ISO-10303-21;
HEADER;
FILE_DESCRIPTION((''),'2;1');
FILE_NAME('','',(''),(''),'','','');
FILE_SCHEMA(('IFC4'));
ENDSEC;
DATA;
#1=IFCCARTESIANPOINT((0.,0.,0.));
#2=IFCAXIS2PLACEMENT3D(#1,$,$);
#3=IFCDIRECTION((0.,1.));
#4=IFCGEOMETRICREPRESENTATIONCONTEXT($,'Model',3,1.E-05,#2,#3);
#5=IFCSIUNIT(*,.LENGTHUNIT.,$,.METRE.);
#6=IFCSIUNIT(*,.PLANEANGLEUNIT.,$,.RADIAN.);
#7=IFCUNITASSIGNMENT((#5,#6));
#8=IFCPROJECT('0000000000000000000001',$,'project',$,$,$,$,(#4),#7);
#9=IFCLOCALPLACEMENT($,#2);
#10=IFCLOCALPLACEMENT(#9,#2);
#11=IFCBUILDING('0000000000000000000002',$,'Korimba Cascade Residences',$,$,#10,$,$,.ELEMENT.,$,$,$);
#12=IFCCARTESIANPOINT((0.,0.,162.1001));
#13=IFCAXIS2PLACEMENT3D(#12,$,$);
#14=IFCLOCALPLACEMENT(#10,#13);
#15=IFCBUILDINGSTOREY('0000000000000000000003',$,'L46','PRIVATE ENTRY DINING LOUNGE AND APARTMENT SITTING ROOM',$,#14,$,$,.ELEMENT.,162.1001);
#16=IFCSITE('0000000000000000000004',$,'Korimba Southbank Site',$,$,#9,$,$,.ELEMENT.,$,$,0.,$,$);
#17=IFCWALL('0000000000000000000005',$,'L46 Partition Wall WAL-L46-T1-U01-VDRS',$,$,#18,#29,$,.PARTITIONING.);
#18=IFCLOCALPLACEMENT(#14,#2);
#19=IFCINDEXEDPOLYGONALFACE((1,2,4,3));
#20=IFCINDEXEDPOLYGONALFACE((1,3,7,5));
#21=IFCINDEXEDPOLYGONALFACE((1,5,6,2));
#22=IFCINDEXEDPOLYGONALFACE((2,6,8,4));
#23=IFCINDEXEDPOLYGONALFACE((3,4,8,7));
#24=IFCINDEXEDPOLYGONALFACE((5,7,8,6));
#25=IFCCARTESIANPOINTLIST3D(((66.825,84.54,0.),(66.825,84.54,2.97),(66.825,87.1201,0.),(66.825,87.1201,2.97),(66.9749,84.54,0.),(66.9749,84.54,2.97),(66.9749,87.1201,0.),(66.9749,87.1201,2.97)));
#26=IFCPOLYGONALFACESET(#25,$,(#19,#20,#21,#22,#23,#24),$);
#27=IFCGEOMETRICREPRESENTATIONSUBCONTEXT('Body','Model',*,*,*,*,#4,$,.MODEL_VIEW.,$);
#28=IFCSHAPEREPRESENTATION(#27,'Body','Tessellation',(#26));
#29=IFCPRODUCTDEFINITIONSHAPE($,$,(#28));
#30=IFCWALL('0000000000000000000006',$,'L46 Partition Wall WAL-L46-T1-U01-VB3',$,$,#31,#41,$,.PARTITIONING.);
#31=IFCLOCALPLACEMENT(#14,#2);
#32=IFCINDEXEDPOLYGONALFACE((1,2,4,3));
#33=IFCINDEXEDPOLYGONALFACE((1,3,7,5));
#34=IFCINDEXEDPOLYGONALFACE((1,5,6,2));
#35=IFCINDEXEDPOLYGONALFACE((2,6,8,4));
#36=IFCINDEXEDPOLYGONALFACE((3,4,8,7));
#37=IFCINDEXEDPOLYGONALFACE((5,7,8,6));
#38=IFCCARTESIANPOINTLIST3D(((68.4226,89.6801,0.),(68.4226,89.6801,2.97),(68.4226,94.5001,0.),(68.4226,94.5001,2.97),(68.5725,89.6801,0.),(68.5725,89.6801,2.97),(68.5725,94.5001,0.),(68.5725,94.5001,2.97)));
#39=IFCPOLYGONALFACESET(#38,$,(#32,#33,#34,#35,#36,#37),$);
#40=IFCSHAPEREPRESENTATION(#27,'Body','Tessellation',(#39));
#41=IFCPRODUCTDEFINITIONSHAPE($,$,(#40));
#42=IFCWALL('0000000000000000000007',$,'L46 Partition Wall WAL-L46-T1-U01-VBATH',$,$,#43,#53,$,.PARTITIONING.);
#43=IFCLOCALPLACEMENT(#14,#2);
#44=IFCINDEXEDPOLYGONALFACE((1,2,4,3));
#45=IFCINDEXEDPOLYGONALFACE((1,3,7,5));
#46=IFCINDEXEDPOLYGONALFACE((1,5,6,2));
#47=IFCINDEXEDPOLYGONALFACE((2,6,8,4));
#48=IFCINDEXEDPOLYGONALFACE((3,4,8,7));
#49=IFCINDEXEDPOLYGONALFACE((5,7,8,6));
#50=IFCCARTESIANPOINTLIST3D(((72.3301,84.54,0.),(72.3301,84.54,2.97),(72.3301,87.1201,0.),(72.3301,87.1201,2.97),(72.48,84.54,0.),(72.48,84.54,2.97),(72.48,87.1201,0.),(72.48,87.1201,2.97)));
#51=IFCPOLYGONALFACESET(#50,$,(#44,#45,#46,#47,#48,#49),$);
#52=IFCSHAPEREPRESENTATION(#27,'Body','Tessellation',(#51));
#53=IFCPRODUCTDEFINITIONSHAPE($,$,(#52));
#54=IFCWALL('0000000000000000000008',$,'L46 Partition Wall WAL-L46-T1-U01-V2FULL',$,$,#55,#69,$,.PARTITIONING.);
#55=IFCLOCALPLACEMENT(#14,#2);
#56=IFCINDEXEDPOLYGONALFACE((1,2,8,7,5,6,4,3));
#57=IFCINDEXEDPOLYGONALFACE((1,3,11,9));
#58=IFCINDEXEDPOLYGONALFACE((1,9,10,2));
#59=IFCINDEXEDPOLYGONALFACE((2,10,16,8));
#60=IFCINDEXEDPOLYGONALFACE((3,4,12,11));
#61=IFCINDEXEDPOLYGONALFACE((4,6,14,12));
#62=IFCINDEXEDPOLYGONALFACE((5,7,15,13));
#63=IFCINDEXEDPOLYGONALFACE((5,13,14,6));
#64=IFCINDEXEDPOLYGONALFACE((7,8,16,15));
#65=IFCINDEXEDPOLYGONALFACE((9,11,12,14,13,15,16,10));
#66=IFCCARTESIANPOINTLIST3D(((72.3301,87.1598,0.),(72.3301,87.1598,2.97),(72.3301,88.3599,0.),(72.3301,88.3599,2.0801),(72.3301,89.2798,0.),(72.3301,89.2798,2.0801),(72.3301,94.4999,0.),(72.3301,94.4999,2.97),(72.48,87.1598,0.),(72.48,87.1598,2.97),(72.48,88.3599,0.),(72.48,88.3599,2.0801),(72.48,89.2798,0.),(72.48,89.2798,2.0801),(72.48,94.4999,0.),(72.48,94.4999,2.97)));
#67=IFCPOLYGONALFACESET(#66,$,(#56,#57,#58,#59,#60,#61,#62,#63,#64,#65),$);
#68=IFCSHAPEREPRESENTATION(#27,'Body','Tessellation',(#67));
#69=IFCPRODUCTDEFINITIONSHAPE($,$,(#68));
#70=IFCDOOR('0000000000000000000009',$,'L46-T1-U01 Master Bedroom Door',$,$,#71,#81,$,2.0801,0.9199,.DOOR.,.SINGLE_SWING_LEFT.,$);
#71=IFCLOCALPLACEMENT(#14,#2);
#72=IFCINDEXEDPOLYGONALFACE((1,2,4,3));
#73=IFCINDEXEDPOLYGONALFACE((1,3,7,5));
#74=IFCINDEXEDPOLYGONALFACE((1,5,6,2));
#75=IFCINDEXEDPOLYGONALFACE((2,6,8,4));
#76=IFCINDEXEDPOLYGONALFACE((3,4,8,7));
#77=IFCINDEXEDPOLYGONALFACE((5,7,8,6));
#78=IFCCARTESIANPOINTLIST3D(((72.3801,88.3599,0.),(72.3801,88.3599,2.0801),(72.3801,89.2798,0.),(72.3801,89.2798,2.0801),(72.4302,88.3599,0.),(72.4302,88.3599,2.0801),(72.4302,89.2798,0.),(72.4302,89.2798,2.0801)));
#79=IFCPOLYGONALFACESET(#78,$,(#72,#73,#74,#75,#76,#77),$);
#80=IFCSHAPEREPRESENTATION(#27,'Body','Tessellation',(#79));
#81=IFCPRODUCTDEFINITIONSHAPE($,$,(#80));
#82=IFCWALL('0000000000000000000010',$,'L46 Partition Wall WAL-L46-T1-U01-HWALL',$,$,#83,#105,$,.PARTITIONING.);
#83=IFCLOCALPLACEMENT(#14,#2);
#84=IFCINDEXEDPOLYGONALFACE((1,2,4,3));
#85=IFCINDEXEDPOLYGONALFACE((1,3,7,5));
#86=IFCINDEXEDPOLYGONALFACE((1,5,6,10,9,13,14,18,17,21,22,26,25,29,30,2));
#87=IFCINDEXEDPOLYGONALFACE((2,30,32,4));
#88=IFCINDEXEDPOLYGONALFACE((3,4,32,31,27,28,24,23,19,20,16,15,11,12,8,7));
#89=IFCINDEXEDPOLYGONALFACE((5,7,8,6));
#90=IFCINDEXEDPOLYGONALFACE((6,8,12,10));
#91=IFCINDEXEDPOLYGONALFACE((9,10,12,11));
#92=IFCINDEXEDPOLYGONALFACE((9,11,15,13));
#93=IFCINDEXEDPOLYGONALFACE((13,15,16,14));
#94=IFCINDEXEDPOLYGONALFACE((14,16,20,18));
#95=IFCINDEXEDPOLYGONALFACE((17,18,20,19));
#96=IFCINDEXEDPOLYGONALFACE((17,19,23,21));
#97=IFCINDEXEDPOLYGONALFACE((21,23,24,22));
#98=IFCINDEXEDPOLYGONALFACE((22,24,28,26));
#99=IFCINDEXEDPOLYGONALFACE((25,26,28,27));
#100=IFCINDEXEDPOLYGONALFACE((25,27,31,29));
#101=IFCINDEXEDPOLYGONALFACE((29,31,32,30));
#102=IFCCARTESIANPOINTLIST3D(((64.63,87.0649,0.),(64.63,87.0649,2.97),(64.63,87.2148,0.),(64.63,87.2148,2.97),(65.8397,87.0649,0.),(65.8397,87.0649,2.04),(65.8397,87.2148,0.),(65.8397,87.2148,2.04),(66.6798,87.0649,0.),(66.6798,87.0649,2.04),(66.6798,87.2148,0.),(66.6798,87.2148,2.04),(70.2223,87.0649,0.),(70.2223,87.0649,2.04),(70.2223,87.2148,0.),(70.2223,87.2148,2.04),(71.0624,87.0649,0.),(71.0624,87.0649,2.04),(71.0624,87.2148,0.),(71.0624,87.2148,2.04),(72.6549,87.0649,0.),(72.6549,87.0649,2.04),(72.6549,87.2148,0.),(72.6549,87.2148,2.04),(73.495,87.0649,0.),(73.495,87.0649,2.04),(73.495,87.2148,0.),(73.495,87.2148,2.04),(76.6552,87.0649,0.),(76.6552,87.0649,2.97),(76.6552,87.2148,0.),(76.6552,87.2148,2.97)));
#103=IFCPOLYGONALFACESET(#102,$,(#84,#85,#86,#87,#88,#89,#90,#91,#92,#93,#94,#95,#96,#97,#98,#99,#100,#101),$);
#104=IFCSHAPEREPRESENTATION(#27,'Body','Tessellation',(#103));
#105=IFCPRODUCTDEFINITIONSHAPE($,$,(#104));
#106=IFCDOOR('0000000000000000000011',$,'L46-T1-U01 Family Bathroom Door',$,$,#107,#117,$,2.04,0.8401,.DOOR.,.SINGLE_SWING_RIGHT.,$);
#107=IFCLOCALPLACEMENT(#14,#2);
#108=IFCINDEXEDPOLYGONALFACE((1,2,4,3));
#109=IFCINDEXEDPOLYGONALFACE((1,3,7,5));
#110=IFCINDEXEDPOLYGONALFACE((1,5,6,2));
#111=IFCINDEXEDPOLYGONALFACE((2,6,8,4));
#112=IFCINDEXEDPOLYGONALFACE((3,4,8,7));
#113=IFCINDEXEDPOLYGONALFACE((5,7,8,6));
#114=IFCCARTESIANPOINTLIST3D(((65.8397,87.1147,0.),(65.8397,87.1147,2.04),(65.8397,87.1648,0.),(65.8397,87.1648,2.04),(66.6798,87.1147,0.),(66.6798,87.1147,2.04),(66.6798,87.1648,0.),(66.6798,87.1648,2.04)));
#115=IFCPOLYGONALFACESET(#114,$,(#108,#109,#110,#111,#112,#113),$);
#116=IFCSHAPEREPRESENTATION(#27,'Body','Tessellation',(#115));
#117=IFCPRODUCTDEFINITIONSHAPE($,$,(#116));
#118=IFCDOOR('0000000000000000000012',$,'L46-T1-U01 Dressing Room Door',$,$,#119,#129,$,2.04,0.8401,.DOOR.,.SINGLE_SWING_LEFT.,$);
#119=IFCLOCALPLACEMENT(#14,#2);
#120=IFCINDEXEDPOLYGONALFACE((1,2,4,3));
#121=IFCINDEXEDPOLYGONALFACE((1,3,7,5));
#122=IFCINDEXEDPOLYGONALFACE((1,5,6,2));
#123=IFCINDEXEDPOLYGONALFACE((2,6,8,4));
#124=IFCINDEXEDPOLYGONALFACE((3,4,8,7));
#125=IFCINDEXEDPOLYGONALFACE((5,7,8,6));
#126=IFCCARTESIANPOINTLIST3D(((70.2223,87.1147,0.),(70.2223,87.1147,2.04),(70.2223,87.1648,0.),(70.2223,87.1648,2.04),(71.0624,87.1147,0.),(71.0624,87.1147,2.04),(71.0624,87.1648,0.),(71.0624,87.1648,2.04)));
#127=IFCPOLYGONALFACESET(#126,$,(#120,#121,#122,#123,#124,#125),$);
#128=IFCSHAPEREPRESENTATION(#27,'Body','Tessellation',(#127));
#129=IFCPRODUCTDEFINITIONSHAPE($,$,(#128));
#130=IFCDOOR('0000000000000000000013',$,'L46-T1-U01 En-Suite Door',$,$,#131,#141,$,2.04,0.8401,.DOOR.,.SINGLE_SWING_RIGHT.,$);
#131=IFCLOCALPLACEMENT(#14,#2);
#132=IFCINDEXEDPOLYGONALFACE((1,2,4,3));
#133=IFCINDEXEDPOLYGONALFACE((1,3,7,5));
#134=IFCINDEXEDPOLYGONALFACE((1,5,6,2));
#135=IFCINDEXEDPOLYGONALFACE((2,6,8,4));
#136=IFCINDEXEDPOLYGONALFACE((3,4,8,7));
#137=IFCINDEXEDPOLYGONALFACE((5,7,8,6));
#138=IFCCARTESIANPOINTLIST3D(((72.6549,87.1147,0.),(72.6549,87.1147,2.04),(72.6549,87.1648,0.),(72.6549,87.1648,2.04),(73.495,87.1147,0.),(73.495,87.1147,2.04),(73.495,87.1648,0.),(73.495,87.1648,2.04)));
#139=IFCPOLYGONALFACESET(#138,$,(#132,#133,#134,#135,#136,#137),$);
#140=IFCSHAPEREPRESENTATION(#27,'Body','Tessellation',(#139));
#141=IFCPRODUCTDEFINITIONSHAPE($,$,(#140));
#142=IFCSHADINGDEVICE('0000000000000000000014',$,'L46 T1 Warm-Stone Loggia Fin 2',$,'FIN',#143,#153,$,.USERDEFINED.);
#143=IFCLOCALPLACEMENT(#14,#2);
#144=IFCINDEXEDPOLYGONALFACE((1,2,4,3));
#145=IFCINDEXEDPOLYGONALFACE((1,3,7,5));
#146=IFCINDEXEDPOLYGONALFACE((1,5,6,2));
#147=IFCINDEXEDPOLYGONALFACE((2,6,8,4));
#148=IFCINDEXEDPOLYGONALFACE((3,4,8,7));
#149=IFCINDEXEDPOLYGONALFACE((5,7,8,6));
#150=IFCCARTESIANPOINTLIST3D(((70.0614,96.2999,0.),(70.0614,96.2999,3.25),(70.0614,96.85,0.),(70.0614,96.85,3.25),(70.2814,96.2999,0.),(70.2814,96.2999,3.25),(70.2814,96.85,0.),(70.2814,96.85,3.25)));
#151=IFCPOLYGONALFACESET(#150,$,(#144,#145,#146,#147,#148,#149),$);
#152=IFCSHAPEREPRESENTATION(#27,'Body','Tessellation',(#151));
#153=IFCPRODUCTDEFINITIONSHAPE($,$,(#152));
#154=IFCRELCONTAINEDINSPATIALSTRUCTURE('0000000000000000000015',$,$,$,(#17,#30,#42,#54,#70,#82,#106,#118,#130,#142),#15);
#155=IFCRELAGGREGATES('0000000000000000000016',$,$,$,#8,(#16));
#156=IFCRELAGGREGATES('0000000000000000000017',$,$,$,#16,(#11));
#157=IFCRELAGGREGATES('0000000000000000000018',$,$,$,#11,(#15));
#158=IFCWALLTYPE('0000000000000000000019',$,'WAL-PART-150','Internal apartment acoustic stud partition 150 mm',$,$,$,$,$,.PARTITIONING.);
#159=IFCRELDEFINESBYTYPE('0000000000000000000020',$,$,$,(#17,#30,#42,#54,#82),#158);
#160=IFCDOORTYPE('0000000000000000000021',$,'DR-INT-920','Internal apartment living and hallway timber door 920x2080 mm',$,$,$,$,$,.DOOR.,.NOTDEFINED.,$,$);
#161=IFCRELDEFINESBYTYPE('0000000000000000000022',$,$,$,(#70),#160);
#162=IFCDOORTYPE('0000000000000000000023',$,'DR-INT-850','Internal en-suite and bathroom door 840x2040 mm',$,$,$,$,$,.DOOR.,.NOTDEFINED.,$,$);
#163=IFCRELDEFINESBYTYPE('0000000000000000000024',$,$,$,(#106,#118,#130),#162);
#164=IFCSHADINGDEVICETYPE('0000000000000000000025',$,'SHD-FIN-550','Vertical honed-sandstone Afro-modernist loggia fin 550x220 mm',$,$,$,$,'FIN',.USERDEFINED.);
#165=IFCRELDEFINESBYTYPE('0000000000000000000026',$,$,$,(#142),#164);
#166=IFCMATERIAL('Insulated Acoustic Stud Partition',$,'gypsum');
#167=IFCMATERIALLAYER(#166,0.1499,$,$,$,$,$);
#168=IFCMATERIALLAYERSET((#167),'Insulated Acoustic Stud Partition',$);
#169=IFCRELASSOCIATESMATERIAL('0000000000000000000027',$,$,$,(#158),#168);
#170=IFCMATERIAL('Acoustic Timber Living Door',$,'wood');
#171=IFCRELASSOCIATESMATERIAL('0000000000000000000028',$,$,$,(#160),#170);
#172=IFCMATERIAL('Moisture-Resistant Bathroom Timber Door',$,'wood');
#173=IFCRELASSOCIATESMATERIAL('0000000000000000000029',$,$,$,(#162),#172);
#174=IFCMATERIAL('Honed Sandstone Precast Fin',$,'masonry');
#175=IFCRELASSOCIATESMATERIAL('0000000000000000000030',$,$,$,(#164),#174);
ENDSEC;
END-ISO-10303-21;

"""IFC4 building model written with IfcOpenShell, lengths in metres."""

from ifc_helpers import new_model, si_unit, direction, frame, frame_2d, origin, origin_2d, place, context, subcontext, project, spatial, rectangle, extrude, material, layer, layer_set, type_object, element, fill, save


model = new_model("IFC4")

# Units and contexts
model_context = context("Model", 3, precision=1e-05, world=origin(), true_north=direction((0.0, 1.0)))
body_context = subcontext(model_context, "Body", "Model", "MODEL_VIEW")
ifc_project = project(units=[si_unit("LENGTHUNIT", "METRE"), si_unit("PLANEANGLEUNIT", "RADIAN")], contexts=[model_context])

# Site, building, storey
site_placement = place(None, origin())
site = spatial("IfcSite", under=ifc_project, at=site_placement, Name="Korimba Southbank Site", CompositionType="ELEMENT", RefElevation=0.0)
building_placement = place(site_placement, origin())
building = spatial("IfcBuilding", under=site, at=building_placement, Name="Korimba Cascade Residences", CompositionType="ELEMENT")
storey_placement = place(building_placement, frame((0.0, 0.0, 162.1001)))
storey = spatial("IfcBuildingStorey", under=building, at=storey_placement, Name="L46", Description="PRIVATE ENTRY DINING LOUNGE AND APARTMENT SITTING ROOM", CompositionType="ELEMENT", Elevation=162.1001)

# Walls
ifc_material_1 = material(Name="Insulated Acoustic Stud Partition", Category="gypsum")
ifc_layer = layer(ifc_material_1, 0.1499)
ifc_layer_set = layer_set([ifc_layer], Name="Insulated Acoustic Stud Partition")
wall_type = type_object("IfcWallType", Name="WAL-PART-150", Description="Internal apartment acoustic stud partition 150 mm", PredefinedType="PARTITIONING", material=ifc_layer_set)
wall_1_placement = place(storey_placement, frame((66.8999, 84.54, 0.0), z_axis=(0.0, 0.0, 1.0), x_axis=(0.0, 1.0, 0.0)))
element("IfcWall", 1, at=wall_1_placement, inside=storey, type_object=wall_type, Name="L46 Partition Wall WAL-L46-T1-U01-VDRS", PredefinedType="PARTITIONING", context=body_context, shape_type="SweptSolid", body=[
    extrude(rectangle(XDim=2.5801, YDim=0.1499, at=frame_2d((1.29, 0.0))), origin(), (0.0, 0.0, 1.0), 2.97),
])
wall_2_placement = place(storey_placement, frame((68.4976, 89.6799, 0.0), z_axis=(0.0, 0.0, 1.0), x_axis=(0.0, 1.0, 0.0)))
element("IfcWall", 2, at=wall_2_placement, inside=storey, type_object=wall_type, Name="L46 Partition Wall WAL-L46-T1-U01-VB3", PredefinedType="PARTITIONING", context=body_context, shape_type="SweptSolid", body=[
    extrude(rectangle(XDim=4.8201, YDim=0.1499, at=frame_2d((2.4102, 0.0))), origin(), (0.0, 0.0, 1.0), 2.97),
])
wall_3_placement = place(storey_placement, frame((72.405, 84.54, 0.0), z_axis=(0.0, 0.0, 1.0), x_axis=(0.0, 1.0, 0.0)))
element("IfcWall", 3, at=wall_3_placement, inside=storey, type_object=wall_type, Name="L46 Partition Wall WAL-L46-T1-U01-VBATH", PredefinedType="PARTITIONING", context=body_context, shape_type="SweptSolid", body=[
    extrude(rectangle(XDim=2.5801, YDim=0.1499, at=frame_2d((1.29, 0.0))), origin(), (0.0, 0.0, 1.0), 2.97),
])

# Wall, opening, door
wall_4_placement = place(storey_placement, frame((72.405, 87.1599, 0.0), z_axis=(0.0, 0.0, 1.0), x_axis=(0.0, 1.0, 0.0)))
wall_4 = element("IfcWall", 4, at=wall_4_placement, inside=storey, type_object=wall_type, Name="L46 Partition Wall WAL-L46-T1-U01-V2FULL", PredefinedType="PARTITIONING", context=body_context, shape_type="SweptSolid", body=[
    extrude(rectangle(XDim=7.3401, YDim=0.1499, at=frame_2d((3.6699, 0.0))), origin(), (0.0, 0.0, 1.0), 2.97),
])
opening_1_placement = place(wall_4_placement, frame((1.2, 0.0, 0.0)))
opening_1 = element("IfcOpeningElement", 5, at=opening_1_placement, cuts=wall_4, PredefinedType="OPENING", context=body_context, shape_type="SweptSolid", body=[
    extrude(rectangle(XDim=0.9199, YDim=2.0801, at=frame_2d((0.46, 1.04))), frame((0.0, 0.085, 0.0), z_axis=(0.0, -1.0, 0.0), x_axis=(1.0, 0.0, 0.0)), (0.0, 0.0, 1.0), 0.1699),
])
ifc_material_2 = material(Name="Acoustic Timber Living Door", Category="wood")
door_type_1 = type_object("IfcDoorType", Name="DR-INT-920", Description="Internal apartment living and hallway timber door 920x2080 mm", OperationType="NOTDEFINED", PredefinedType="DOOR", material=ifc_material_2)
door_1_placement = place(opening_1_placement, origin())
door_1 = element("IfcDoor", 6, at=door_1_placement, inside=storey, type_object=door_type_1, Name="L46-T1-U01 Master Bedroom Door", OperationType="SINGLE_SWING_LEFT", OverallHeight=2.0801, OverallWidth=0.9199, PredefinedType="DOOR", context=body_context, shape_type="SweptSolid", body=[
    extrude(rectangle(XDim=0.9199, YDim=2.0801, at=frame_2d((0.46, 1.04))), frame((0.0, 0.0249, 0.0), z_axis=(0.0, -1.0, 0.0), x_axis=(1.0, 0.0, 0.0)), (0.0, 0.0, 1.0), 0.05),
])
fill(opening_1, door_1)

# Wall, openings, doors
wall_5_placement = place(storey_placement, frame((64.6299, 87.1399, 0.0), z_axis=(0.0, 0.0, 1.0), x_axis=(1.0, 0.0, 0.0)))
wall_5 = element("IfcWall", 7, at=wall_5_placement, inside=storey, type_object=wall_type, Name="L46 Partition Wall WAL-L46-T1-U01-HWALL", PredefinedType="PARTITIONING", context=body_context, shape_type="SweptSolid", body=[
    extrude(rectangle(XDim=12.0251, YDim=0.1499, at=frame_2d((6.0127, 0.0))), origin(), (0.0, 0.0, 1.0), 2.97),
])
opening_2_placement = place(wall_5_placement, frame((1.21, 0.0, 0.0)))
opening_2 = element("IfcOpeningElement", 8, at=opening_2_placement, cuts=wall_5, PredefinedType="OPENING", context=body_context, shape_type="SweptSolid", body=[
    extrude(rectangle(XDim=0.8401, YDim=2.04, at=frame_2d((0.4199, 1.02))), frame((0.0, 0.085, 0.0), z_axis=(0.0, -1.0, 0.0), x_axis=(1.0, 0.0, 0.0)), (0.0, 0.0, 1.0), 0.1699),
])
opening_3_placement = place(wall_5_placement, frame((5.5925, 0.0, 0.0)))
opening_3 = element("IfcOpeningElement", 9, at=opening_3_placement, cuts=wall_5, PredefinedType="OPENING", context=body_context, shape_type="SweptSolid", body=[
    extrude(rectangle(XDim=0.8401, YDim=2.04, at=frame_2d((0.4199, 1.02))), frame((0.0, 0.085, 0.0), z_axis=(0.0, -1.0, 0.0), x_axis=(1.0, 0.0, 0.0)), (0.0, 0.0, 1.0), 0.1699),
])
opening_4_placement = place(wall_5_placement, frame((8.0251, 0.0, 0.0)))
opening_4 = element("IfcOpeningElement", 10, at=opening_4_placement, cuts=wall_5, PredefinedType="OPENING", context=body_context, shape_type="SweptSolid", body=[
    extrude(rectangle(XDim=0.8401, YDim=2.04, at=frame_2d((0.4199, 1.02))), frame((0.0, 0.085, 0.0), z_axis=(0.0, -1.0, 0.0), x_axis=(1.0, 0.0, 0.0)), (0.0, 0.0, 1.0), 0.1699),
])
ifc_material_3 = material(Name="Moisture-Resistant Bathroom Timber Door", Category="wood")
door_type_2 = type_object("IfcDoorType", Name="DR-INT-850", Description="Internal en-suite and bathroom door 840x2040 mm", OperationType="NOTDEFINED", PredefinedType="DOOR", material=ifc_material_3)
door_2_placement = place(opening_2_placement, origin())
door_2 = element("IfcDoor", 11, at=door_2_placement, inside=storey, type_object=door_type_2, Name="L46-T1-U01 Family Bathroom Door", OperationType="SINGLE_SWING_RIGHT", OverallHeight=2.04, OverallWidth=0.8401, PredefinedType="DOOR", context=body_context, shape_type="SweptSolid", body=[
    extrude(rectangle(XDim=0.8401, YDim=2.04, at=frame_2d((0.4199, 1.02))), frame((0.0, 0.0249, 0.0), z_axis=(0.0, -1.0, 0.0), x_axis=(1.0, 0.0, 0.0)), (0.0, 0.0, 1.0), 0.05),
])
fill(opening_2, door_2)
door_3_placement = place(opening_3_placement, origin())
door_3 = element("IfcDoor", 12, at=door_3_placement, inside=storey, type_object=door_type_2, Name="L46-T1-U01 Dressing Room Door", OperationType="SINGLE_SWING_LEFT", OverallHeight=2.04, OverallWidth=0.8401, PredefinedType="DOOR", context=body_context, shape_type="SweptSolid", body=[
    extrude(rectangle(XDim=0.8401, YDim=2.04, at=frame_2d((0.4199, 1.02))), frame((0.0, 0.0249, 0.0), z_axis=(0.0, -1.0, 0.0), x_axis=(1.0, 0.0, 0.0)), (0.0, 0.0, 1.0), 0.05),
])
fill(opening_3, door_3)
door_4_placement = place(opening_4_placement, origin())
door_4 = element("IfcDoor", 13, at=door_4_placement, inside=storey, type_object=door_type_2, Name="L46-T1-U01 En-Suite Door", OperationType="SINGLE_SWING_RIGHT", OverallHeight=2.04, OverallWidth=0.8401, PredefinedType="DOOR", context=body_context, shape_type="SweptSolid", body=[
    extrude(rectangle(XDim=0.8401, YDim=2.04, at=frame_2d((0.4199, 1.02))), frame((0.0, 0.0249, 0.0), z_axis=(0.0, -1.0, 0.0), x_axis=(1.0, 0.0, 0.0)), (0.0, 0.0, 1.0), 0.05),
])
fill(opening_4, door_4)

# Shading device
ifc_material_4 = material(Name="Honed Sandstone Precast Fin", Category="masonry")
shading_device_type = type_object("IfcShadingDeviceType", Name="SHD-FIN-550", Description="Vertical honed-sandstone Afro-modernist loggia fin 550x220 mm", ElementType="FIN", PredefinedType="USERDEFINED", material=ifc_material_4)
shading_device_placement = place(storey_placement, frame((70.1714, 96.575, 0.0), z_axis=(0.0, 0.0, 1.0), x_axis=(1.0, 0.0, 0.0)))
element("IfcShadingDevice", 14, at=shading_device_placement, inside=storey, type_object=shading_device_type, Name="L46 T1 Warm-Stone Loggia Fin 2", ObjectType="FIN", PredefinedType="USERDEFINED", context=body_context, shape_type="SweptSolid", body=[
    extrude(rectangle(XDim=0.22, YDim=0.55, at=origin_2d()), origin(), (0.0, 0.0, 1.0), 3.25),
])

save(model, "model.ifc")
